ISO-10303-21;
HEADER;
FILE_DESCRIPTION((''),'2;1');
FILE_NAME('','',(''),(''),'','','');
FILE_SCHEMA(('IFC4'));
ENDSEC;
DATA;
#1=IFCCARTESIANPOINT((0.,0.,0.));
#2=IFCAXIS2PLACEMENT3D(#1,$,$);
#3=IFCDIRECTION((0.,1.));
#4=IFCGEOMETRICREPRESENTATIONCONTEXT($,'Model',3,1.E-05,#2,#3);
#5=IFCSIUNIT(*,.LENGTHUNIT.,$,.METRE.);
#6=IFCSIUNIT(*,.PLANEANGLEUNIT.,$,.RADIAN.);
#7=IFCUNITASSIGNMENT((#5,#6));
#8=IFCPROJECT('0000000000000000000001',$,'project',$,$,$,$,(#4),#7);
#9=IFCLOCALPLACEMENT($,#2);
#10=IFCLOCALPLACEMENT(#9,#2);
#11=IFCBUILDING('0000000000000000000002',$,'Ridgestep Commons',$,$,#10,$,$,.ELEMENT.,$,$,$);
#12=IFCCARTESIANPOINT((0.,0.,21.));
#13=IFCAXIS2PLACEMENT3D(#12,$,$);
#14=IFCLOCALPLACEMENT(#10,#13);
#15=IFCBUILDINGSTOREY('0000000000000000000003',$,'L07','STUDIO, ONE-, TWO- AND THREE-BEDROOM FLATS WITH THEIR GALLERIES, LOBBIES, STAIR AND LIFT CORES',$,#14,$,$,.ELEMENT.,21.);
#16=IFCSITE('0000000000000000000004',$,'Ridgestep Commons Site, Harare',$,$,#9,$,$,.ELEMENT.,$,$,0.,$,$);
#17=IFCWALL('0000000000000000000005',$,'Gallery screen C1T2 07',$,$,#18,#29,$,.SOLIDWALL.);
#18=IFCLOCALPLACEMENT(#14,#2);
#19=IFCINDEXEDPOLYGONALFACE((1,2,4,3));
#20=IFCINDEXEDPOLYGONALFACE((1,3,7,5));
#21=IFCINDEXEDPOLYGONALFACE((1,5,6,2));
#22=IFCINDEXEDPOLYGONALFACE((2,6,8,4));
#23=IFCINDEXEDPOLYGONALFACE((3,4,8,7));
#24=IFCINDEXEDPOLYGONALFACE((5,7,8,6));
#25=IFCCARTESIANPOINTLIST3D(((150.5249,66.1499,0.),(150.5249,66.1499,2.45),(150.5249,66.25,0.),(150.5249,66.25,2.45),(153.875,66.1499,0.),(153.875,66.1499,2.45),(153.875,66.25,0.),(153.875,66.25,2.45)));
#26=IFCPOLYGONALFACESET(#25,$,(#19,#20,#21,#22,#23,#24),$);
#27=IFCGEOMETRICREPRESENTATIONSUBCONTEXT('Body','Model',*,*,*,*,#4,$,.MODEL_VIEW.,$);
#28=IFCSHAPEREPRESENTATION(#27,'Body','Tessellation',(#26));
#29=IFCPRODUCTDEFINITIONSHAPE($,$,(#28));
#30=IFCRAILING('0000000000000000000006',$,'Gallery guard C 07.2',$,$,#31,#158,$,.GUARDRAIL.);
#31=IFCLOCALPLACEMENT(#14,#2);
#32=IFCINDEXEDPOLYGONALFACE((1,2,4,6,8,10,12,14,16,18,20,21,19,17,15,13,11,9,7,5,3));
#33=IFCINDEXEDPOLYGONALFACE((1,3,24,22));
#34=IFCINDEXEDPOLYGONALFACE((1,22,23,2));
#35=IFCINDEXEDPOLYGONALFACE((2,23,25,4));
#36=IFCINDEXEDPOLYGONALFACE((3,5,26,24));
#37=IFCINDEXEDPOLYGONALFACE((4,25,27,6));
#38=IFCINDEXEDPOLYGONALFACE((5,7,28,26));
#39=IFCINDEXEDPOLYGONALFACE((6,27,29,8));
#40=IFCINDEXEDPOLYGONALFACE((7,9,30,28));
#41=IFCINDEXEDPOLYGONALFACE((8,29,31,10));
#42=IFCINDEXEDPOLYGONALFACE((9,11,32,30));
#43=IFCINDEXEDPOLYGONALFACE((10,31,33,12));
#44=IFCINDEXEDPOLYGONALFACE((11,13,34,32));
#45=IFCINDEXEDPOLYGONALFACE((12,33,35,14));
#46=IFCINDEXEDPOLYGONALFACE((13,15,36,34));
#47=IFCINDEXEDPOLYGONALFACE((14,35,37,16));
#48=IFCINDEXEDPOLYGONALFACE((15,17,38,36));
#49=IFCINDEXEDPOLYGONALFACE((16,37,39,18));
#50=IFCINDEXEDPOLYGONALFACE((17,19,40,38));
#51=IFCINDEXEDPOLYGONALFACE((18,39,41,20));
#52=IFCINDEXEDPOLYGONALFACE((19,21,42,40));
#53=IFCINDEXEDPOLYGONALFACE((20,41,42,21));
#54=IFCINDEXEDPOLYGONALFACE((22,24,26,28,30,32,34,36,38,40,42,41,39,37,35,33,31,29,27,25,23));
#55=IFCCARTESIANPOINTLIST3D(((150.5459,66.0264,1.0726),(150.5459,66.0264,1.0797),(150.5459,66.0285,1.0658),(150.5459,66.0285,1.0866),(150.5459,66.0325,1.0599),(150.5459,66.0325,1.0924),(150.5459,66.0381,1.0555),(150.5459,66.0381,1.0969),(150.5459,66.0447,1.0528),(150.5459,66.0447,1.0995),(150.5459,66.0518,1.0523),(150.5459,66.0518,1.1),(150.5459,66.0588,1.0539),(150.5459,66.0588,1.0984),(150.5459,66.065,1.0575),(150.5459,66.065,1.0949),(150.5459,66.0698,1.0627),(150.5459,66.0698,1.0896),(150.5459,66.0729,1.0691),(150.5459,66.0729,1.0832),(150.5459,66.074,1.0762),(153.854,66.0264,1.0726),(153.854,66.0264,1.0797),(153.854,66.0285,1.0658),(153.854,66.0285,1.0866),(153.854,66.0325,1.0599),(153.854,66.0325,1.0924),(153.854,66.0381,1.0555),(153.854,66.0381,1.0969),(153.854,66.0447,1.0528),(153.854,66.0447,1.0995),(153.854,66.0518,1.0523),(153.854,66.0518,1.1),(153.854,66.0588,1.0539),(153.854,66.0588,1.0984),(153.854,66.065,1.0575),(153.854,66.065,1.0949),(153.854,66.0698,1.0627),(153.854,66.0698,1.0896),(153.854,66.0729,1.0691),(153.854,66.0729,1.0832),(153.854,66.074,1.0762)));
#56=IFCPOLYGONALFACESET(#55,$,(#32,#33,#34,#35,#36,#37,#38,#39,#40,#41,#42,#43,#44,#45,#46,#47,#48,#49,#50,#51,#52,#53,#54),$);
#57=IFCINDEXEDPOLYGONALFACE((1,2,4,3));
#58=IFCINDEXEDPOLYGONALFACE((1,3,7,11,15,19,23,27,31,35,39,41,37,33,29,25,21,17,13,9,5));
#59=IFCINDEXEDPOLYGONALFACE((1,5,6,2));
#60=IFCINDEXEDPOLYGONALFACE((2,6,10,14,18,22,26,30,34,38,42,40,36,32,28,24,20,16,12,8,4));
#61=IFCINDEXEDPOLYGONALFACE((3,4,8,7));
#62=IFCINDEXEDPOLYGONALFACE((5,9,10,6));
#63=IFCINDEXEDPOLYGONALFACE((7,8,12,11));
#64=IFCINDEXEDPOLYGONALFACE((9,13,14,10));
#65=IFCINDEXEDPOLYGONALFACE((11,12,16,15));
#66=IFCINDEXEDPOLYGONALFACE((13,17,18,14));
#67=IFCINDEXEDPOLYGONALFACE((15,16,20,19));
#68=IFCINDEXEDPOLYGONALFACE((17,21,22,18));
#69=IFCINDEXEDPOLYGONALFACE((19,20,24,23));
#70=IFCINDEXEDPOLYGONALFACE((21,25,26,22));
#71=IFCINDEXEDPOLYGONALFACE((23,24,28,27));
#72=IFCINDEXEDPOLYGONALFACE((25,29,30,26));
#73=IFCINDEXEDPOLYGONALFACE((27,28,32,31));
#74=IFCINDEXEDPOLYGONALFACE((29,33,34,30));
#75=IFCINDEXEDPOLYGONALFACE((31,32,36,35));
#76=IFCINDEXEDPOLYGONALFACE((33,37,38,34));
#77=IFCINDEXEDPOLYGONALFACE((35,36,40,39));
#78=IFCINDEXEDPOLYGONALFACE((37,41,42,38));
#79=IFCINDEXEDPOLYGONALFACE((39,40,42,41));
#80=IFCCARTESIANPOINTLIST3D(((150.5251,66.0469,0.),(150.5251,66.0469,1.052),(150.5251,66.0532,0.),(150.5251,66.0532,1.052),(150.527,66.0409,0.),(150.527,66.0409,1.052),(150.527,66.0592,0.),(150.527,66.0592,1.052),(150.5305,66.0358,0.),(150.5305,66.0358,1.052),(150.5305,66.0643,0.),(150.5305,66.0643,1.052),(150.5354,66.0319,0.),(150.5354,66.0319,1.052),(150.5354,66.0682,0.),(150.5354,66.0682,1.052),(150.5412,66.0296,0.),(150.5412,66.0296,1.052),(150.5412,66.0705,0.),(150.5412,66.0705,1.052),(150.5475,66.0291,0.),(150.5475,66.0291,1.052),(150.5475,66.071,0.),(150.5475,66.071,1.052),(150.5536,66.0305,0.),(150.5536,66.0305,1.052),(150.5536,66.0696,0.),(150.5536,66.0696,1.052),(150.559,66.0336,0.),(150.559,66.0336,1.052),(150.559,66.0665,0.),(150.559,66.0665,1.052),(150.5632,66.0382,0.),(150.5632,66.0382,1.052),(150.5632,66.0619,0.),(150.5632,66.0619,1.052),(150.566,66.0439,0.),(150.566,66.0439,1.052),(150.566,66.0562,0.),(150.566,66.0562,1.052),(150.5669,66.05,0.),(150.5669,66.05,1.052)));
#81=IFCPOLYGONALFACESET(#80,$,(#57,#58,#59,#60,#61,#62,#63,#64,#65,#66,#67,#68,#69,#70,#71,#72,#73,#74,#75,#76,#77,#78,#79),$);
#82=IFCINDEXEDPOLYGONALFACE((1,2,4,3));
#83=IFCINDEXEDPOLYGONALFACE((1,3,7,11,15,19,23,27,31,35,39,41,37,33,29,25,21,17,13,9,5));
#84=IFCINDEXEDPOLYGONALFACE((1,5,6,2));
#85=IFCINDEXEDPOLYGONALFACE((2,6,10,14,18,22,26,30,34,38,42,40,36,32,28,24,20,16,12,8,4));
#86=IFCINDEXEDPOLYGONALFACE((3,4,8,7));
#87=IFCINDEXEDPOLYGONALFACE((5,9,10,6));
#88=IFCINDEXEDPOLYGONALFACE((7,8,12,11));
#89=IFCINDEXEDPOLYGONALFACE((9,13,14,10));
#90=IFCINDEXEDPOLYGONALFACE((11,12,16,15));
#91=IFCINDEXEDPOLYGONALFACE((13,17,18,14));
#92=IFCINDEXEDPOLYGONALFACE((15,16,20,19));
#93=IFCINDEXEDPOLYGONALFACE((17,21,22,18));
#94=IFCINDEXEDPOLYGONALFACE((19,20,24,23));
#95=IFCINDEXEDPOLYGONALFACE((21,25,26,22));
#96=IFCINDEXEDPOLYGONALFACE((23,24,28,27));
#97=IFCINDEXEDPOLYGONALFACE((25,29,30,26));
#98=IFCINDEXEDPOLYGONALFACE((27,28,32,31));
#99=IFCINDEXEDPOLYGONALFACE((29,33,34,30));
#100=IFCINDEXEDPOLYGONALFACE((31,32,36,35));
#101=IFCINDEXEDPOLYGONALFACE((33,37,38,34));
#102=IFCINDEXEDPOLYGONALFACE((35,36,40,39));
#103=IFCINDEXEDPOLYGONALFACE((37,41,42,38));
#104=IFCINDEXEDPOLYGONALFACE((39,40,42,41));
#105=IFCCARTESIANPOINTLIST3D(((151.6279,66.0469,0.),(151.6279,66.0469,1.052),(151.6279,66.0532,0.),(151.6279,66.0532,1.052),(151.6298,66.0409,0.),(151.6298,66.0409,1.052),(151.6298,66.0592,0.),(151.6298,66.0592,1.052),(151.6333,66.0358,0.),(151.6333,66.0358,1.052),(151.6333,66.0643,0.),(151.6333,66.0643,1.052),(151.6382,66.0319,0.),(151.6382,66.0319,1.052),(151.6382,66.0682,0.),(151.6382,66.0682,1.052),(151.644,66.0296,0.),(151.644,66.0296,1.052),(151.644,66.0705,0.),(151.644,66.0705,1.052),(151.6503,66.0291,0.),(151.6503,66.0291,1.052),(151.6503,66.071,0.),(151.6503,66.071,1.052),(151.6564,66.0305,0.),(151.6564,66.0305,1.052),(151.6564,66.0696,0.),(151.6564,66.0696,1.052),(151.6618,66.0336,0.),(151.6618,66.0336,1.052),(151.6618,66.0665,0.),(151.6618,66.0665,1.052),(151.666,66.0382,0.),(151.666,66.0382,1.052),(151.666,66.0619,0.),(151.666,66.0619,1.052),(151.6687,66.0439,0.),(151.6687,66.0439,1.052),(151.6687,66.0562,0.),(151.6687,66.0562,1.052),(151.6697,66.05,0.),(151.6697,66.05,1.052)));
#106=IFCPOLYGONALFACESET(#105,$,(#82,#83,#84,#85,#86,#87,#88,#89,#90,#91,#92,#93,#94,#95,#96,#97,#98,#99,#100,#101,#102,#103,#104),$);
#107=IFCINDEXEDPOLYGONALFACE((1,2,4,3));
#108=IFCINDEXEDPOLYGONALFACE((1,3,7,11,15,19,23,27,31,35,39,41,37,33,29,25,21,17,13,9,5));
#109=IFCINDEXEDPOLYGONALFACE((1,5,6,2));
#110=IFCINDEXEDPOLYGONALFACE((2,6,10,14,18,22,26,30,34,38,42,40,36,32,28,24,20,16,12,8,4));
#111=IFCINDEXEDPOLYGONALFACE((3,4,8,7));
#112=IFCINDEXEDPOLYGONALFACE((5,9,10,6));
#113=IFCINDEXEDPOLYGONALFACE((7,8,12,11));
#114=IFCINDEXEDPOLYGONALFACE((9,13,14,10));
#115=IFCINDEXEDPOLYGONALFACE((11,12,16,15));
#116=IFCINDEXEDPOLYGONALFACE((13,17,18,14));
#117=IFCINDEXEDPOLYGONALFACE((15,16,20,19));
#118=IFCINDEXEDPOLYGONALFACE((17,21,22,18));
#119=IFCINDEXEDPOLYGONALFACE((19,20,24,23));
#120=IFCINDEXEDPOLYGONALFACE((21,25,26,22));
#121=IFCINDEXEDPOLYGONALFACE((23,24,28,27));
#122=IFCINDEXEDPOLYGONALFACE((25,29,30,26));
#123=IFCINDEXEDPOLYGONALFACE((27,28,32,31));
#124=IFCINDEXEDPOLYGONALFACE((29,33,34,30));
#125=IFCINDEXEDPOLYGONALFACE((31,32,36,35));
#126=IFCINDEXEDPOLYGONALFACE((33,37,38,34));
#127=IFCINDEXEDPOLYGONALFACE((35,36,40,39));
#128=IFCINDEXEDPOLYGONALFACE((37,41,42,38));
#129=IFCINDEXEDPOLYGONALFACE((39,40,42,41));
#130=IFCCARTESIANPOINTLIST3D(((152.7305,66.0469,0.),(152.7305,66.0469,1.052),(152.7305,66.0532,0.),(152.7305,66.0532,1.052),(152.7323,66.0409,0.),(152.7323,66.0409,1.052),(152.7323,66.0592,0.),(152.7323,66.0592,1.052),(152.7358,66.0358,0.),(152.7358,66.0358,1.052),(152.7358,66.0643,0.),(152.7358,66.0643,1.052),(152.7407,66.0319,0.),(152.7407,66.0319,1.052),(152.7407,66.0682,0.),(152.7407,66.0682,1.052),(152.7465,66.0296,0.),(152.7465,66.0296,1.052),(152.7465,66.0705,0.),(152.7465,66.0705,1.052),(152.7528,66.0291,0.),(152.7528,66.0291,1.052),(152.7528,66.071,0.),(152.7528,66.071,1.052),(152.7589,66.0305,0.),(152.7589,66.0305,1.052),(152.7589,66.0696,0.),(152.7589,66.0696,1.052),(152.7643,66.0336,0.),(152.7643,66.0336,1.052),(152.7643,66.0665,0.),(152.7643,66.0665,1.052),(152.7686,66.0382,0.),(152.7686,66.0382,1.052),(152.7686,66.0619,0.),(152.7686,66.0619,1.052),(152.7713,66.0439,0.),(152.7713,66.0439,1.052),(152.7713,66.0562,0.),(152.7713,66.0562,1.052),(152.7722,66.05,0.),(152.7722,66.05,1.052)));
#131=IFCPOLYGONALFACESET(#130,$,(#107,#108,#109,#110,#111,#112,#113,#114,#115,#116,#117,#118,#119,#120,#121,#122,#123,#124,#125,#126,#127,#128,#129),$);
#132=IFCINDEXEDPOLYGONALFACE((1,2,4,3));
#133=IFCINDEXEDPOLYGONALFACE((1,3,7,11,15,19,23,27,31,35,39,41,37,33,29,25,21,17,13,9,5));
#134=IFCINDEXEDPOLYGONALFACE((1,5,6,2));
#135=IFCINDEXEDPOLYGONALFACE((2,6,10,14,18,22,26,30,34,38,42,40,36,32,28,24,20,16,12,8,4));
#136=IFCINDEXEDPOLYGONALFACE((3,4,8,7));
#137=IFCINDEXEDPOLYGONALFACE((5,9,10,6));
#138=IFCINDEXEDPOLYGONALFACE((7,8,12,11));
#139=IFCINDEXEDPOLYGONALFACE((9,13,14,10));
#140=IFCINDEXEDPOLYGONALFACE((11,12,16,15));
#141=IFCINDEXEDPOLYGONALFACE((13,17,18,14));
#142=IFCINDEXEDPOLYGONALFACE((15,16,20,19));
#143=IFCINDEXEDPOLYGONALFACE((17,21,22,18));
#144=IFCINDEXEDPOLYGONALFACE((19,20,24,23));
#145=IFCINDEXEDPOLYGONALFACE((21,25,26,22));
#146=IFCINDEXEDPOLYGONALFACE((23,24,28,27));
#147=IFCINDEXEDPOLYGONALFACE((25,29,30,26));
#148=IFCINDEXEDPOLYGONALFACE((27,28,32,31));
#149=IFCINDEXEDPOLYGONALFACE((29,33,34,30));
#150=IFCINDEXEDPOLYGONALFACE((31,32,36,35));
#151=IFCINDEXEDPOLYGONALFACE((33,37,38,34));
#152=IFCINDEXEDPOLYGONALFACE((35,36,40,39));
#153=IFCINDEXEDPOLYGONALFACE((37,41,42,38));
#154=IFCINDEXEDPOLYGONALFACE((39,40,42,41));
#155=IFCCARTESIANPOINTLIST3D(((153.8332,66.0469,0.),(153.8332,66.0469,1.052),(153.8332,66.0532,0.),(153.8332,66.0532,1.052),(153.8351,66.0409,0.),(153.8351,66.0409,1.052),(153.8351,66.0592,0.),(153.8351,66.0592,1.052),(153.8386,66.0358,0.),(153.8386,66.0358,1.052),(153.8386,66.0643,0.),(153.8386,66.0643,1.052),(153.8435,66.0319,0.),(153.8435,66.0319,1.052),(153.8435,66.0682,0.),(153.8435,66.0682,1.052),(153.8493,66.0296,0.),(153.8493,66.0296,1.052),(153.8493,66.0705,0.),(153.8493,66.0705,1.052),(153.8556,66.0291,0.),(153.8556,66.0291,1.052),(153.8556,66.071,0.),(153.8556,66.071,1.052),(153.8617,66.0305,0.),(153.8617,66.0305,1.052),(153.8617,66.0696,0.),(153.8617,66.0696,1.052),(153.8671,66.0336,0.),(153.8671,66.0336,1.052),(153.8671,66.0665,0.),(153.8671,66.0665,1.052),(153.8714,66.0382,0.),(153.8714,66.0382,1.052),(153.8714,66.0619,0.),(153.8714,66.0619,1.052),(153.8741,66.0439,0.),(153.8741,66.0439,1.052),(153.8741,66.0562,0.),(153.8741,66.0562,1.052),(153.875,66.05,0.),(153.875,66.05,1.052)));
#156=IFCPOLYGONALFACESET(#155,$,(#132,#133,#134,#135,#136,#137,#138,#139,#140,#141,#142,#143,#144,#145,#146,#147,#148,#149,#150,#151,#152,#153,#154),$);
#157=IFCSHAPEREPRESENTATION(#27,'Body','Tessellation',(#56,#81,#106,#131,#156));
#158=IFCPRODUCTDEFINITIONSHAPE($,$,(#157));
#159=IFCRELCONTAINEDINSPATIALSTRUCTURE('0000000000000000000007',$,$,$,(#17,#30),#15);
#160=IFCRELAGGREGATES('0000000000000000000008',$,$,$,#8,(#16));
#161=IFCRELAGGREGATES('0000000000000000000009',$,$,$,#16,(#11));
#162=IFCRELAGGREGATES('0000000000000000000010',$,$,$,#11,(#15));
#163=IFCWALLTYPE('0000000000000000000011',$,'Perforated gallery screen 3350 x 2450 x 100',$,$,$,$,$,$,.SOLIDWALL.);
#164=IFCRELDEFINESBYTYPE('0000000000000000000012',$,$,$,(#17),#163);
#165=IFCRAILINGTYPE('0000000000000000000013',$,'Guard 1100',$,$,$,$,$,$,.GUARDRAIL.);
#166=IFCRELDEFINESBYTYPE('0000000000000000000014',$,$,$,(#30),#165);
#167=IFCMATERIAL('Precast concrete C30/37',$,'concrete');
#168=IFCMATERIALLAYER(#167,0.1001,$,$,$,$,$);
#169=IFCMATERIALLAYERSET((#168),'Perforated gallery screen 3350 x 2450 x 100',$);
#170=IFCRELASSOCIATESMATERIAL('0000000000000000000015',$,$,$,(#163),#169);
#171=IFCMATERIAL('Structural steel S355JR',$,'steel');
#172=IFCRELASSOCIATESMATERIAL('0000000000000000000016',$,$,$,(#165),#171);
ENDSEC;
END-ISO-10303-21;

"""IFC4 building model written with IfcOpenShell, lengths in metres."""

from ifc_helpers import new_model, si_unit, direction, frame, frame_2d, origin, origin_2d, place, context, subcontext, project, spatial, rectangle, circle, extrude, material, layer, layer_set, type_object, element, save


model = new_model("IFC4")

# Units and contexts
model_context = context("Model", 3, precision=1e-05, world=origin(), true_north=direction((0.0, 1.0)))
body_context = subcontext(model_context, "Body", "Model", "MODEL_VIEW")
ifc_project = project(units=[si_unit("LENGTHUNIT", "METRE"), si_unit("PLANEANGLEUNIT", "RADIAN")], contexts=[model_context])

# Site, building, storey
site_placement = place(None, origin())
site = spatial("IfcSite", under=ifc_project, at=site_placement, Name="Ridgestep Commons Site, Harare", CompositionType="ELEMENT", RefElevation=0.0)
building_placement = place(site_placement, origin())
building = spatial("IfcBuilding", under=site, at=building_placement, Name="Ridgestep Commons", CompositionType="ELEMENT")
storey_placement = place(building_placement, frame((0.0, 0.0, 21.0)))
storey = spatial("IfcBuildingStorey", under=building, at=storey_placement, Name="L07", Description="STUDIO, ONE-, TWO- AND THREE-BEDROOM FLATS WITH THEIR GALLERIES, LOBBIES, STAIR AND LIFT CORES", CompositionType="ELEMENT", Elevation=21.0)

# Wall
ifc_material_1 = material(Name="Precast concrete C30/37", Category="concrete")
ifc_layer_1 = layer(ifc_material_1, 0.1001)
ifc_layer_set_1 = layer_set([ifc_layer_1], Name="Perforated gallery screen 3350 x 2450 x 100")
wall_type_1 = type_object("IfcWallType", Name="Perforated gallery screen 3350 x 2450 x 100", PredefinedType="SOLIDWALL", material=ifc_layer_set_1)
wall_1_placement = place(storey_placement, frame((150.5249, 66.2, 0.0), z_axis=(0.0, 0.0, 1.0), x_axis=(1.0, 0.0, 0.0)))
element("IfcWall", 1, at=wall_1_placement, inside=storey, type_object=wall_type_1, Name="Gallery screen C1T2 07", PredefinedType="SOLIDWALL", context=body_context, shape_type="SweptSolid", body=[
    extrude(rectangle(XDim=3.3501, YDim=0.1001, at=frame_2d((1.675, 0.0))), origin(), (0.0, 0.0, 1.0), 2.45),
])

# Railing
ifc_material_2 = material(Name="Structural steel S355JR", Category="steel")
railing_type_1 = type_object("IfcRailingType", Name="Guard 1100", PredefinedType="GUARDRAIL", material=ifc_material_2)
for number, where, name in (
    (2, (150.5459, 66.05, 0.0), "Gallery guard C 07.2"),
):
    element("IfcRailing", number, at=place(storey_placement, frame(where)), inside=storey, type_object=railing_type_1, Name=name, PredefinedType="GUARDRAIL", context=body_context, shape_type="SweptSolid", body=[
        extrude(circle(Radius=0.0239, at=origin_2d()), frame((0.0, 0.0, 1.0762), z_axis=(1.0, 0.0, 0.0), x_axis=(0.0, 1.0, 0.0)), (0.0, 0.0, 1.0), 3.3081),
        extrude(circle(Radius=0.021, at=origin_2d()), origin(), (0.0, 0.0, 1.0), 1.052),
        extrude(circle(Radius=0.021, at=origin_2d()), frame((1.1028, 0.0, 0.0)), (0.0, 0.0, 1.0), 1.052),
        extrude(circle(Radius=0.021, at=origin_2d()), frame((2.2053, 0.0, 0.0)), (0.0, 0.0, 1.0), 1.052),
        extrude(circle(Radius=0.021, at=origin_2d()), frame((3.3081, 0.0, 0.0)), (0.0, 0.0, 1.0), 1.052),
    ])

save(model, "model.ifc")
